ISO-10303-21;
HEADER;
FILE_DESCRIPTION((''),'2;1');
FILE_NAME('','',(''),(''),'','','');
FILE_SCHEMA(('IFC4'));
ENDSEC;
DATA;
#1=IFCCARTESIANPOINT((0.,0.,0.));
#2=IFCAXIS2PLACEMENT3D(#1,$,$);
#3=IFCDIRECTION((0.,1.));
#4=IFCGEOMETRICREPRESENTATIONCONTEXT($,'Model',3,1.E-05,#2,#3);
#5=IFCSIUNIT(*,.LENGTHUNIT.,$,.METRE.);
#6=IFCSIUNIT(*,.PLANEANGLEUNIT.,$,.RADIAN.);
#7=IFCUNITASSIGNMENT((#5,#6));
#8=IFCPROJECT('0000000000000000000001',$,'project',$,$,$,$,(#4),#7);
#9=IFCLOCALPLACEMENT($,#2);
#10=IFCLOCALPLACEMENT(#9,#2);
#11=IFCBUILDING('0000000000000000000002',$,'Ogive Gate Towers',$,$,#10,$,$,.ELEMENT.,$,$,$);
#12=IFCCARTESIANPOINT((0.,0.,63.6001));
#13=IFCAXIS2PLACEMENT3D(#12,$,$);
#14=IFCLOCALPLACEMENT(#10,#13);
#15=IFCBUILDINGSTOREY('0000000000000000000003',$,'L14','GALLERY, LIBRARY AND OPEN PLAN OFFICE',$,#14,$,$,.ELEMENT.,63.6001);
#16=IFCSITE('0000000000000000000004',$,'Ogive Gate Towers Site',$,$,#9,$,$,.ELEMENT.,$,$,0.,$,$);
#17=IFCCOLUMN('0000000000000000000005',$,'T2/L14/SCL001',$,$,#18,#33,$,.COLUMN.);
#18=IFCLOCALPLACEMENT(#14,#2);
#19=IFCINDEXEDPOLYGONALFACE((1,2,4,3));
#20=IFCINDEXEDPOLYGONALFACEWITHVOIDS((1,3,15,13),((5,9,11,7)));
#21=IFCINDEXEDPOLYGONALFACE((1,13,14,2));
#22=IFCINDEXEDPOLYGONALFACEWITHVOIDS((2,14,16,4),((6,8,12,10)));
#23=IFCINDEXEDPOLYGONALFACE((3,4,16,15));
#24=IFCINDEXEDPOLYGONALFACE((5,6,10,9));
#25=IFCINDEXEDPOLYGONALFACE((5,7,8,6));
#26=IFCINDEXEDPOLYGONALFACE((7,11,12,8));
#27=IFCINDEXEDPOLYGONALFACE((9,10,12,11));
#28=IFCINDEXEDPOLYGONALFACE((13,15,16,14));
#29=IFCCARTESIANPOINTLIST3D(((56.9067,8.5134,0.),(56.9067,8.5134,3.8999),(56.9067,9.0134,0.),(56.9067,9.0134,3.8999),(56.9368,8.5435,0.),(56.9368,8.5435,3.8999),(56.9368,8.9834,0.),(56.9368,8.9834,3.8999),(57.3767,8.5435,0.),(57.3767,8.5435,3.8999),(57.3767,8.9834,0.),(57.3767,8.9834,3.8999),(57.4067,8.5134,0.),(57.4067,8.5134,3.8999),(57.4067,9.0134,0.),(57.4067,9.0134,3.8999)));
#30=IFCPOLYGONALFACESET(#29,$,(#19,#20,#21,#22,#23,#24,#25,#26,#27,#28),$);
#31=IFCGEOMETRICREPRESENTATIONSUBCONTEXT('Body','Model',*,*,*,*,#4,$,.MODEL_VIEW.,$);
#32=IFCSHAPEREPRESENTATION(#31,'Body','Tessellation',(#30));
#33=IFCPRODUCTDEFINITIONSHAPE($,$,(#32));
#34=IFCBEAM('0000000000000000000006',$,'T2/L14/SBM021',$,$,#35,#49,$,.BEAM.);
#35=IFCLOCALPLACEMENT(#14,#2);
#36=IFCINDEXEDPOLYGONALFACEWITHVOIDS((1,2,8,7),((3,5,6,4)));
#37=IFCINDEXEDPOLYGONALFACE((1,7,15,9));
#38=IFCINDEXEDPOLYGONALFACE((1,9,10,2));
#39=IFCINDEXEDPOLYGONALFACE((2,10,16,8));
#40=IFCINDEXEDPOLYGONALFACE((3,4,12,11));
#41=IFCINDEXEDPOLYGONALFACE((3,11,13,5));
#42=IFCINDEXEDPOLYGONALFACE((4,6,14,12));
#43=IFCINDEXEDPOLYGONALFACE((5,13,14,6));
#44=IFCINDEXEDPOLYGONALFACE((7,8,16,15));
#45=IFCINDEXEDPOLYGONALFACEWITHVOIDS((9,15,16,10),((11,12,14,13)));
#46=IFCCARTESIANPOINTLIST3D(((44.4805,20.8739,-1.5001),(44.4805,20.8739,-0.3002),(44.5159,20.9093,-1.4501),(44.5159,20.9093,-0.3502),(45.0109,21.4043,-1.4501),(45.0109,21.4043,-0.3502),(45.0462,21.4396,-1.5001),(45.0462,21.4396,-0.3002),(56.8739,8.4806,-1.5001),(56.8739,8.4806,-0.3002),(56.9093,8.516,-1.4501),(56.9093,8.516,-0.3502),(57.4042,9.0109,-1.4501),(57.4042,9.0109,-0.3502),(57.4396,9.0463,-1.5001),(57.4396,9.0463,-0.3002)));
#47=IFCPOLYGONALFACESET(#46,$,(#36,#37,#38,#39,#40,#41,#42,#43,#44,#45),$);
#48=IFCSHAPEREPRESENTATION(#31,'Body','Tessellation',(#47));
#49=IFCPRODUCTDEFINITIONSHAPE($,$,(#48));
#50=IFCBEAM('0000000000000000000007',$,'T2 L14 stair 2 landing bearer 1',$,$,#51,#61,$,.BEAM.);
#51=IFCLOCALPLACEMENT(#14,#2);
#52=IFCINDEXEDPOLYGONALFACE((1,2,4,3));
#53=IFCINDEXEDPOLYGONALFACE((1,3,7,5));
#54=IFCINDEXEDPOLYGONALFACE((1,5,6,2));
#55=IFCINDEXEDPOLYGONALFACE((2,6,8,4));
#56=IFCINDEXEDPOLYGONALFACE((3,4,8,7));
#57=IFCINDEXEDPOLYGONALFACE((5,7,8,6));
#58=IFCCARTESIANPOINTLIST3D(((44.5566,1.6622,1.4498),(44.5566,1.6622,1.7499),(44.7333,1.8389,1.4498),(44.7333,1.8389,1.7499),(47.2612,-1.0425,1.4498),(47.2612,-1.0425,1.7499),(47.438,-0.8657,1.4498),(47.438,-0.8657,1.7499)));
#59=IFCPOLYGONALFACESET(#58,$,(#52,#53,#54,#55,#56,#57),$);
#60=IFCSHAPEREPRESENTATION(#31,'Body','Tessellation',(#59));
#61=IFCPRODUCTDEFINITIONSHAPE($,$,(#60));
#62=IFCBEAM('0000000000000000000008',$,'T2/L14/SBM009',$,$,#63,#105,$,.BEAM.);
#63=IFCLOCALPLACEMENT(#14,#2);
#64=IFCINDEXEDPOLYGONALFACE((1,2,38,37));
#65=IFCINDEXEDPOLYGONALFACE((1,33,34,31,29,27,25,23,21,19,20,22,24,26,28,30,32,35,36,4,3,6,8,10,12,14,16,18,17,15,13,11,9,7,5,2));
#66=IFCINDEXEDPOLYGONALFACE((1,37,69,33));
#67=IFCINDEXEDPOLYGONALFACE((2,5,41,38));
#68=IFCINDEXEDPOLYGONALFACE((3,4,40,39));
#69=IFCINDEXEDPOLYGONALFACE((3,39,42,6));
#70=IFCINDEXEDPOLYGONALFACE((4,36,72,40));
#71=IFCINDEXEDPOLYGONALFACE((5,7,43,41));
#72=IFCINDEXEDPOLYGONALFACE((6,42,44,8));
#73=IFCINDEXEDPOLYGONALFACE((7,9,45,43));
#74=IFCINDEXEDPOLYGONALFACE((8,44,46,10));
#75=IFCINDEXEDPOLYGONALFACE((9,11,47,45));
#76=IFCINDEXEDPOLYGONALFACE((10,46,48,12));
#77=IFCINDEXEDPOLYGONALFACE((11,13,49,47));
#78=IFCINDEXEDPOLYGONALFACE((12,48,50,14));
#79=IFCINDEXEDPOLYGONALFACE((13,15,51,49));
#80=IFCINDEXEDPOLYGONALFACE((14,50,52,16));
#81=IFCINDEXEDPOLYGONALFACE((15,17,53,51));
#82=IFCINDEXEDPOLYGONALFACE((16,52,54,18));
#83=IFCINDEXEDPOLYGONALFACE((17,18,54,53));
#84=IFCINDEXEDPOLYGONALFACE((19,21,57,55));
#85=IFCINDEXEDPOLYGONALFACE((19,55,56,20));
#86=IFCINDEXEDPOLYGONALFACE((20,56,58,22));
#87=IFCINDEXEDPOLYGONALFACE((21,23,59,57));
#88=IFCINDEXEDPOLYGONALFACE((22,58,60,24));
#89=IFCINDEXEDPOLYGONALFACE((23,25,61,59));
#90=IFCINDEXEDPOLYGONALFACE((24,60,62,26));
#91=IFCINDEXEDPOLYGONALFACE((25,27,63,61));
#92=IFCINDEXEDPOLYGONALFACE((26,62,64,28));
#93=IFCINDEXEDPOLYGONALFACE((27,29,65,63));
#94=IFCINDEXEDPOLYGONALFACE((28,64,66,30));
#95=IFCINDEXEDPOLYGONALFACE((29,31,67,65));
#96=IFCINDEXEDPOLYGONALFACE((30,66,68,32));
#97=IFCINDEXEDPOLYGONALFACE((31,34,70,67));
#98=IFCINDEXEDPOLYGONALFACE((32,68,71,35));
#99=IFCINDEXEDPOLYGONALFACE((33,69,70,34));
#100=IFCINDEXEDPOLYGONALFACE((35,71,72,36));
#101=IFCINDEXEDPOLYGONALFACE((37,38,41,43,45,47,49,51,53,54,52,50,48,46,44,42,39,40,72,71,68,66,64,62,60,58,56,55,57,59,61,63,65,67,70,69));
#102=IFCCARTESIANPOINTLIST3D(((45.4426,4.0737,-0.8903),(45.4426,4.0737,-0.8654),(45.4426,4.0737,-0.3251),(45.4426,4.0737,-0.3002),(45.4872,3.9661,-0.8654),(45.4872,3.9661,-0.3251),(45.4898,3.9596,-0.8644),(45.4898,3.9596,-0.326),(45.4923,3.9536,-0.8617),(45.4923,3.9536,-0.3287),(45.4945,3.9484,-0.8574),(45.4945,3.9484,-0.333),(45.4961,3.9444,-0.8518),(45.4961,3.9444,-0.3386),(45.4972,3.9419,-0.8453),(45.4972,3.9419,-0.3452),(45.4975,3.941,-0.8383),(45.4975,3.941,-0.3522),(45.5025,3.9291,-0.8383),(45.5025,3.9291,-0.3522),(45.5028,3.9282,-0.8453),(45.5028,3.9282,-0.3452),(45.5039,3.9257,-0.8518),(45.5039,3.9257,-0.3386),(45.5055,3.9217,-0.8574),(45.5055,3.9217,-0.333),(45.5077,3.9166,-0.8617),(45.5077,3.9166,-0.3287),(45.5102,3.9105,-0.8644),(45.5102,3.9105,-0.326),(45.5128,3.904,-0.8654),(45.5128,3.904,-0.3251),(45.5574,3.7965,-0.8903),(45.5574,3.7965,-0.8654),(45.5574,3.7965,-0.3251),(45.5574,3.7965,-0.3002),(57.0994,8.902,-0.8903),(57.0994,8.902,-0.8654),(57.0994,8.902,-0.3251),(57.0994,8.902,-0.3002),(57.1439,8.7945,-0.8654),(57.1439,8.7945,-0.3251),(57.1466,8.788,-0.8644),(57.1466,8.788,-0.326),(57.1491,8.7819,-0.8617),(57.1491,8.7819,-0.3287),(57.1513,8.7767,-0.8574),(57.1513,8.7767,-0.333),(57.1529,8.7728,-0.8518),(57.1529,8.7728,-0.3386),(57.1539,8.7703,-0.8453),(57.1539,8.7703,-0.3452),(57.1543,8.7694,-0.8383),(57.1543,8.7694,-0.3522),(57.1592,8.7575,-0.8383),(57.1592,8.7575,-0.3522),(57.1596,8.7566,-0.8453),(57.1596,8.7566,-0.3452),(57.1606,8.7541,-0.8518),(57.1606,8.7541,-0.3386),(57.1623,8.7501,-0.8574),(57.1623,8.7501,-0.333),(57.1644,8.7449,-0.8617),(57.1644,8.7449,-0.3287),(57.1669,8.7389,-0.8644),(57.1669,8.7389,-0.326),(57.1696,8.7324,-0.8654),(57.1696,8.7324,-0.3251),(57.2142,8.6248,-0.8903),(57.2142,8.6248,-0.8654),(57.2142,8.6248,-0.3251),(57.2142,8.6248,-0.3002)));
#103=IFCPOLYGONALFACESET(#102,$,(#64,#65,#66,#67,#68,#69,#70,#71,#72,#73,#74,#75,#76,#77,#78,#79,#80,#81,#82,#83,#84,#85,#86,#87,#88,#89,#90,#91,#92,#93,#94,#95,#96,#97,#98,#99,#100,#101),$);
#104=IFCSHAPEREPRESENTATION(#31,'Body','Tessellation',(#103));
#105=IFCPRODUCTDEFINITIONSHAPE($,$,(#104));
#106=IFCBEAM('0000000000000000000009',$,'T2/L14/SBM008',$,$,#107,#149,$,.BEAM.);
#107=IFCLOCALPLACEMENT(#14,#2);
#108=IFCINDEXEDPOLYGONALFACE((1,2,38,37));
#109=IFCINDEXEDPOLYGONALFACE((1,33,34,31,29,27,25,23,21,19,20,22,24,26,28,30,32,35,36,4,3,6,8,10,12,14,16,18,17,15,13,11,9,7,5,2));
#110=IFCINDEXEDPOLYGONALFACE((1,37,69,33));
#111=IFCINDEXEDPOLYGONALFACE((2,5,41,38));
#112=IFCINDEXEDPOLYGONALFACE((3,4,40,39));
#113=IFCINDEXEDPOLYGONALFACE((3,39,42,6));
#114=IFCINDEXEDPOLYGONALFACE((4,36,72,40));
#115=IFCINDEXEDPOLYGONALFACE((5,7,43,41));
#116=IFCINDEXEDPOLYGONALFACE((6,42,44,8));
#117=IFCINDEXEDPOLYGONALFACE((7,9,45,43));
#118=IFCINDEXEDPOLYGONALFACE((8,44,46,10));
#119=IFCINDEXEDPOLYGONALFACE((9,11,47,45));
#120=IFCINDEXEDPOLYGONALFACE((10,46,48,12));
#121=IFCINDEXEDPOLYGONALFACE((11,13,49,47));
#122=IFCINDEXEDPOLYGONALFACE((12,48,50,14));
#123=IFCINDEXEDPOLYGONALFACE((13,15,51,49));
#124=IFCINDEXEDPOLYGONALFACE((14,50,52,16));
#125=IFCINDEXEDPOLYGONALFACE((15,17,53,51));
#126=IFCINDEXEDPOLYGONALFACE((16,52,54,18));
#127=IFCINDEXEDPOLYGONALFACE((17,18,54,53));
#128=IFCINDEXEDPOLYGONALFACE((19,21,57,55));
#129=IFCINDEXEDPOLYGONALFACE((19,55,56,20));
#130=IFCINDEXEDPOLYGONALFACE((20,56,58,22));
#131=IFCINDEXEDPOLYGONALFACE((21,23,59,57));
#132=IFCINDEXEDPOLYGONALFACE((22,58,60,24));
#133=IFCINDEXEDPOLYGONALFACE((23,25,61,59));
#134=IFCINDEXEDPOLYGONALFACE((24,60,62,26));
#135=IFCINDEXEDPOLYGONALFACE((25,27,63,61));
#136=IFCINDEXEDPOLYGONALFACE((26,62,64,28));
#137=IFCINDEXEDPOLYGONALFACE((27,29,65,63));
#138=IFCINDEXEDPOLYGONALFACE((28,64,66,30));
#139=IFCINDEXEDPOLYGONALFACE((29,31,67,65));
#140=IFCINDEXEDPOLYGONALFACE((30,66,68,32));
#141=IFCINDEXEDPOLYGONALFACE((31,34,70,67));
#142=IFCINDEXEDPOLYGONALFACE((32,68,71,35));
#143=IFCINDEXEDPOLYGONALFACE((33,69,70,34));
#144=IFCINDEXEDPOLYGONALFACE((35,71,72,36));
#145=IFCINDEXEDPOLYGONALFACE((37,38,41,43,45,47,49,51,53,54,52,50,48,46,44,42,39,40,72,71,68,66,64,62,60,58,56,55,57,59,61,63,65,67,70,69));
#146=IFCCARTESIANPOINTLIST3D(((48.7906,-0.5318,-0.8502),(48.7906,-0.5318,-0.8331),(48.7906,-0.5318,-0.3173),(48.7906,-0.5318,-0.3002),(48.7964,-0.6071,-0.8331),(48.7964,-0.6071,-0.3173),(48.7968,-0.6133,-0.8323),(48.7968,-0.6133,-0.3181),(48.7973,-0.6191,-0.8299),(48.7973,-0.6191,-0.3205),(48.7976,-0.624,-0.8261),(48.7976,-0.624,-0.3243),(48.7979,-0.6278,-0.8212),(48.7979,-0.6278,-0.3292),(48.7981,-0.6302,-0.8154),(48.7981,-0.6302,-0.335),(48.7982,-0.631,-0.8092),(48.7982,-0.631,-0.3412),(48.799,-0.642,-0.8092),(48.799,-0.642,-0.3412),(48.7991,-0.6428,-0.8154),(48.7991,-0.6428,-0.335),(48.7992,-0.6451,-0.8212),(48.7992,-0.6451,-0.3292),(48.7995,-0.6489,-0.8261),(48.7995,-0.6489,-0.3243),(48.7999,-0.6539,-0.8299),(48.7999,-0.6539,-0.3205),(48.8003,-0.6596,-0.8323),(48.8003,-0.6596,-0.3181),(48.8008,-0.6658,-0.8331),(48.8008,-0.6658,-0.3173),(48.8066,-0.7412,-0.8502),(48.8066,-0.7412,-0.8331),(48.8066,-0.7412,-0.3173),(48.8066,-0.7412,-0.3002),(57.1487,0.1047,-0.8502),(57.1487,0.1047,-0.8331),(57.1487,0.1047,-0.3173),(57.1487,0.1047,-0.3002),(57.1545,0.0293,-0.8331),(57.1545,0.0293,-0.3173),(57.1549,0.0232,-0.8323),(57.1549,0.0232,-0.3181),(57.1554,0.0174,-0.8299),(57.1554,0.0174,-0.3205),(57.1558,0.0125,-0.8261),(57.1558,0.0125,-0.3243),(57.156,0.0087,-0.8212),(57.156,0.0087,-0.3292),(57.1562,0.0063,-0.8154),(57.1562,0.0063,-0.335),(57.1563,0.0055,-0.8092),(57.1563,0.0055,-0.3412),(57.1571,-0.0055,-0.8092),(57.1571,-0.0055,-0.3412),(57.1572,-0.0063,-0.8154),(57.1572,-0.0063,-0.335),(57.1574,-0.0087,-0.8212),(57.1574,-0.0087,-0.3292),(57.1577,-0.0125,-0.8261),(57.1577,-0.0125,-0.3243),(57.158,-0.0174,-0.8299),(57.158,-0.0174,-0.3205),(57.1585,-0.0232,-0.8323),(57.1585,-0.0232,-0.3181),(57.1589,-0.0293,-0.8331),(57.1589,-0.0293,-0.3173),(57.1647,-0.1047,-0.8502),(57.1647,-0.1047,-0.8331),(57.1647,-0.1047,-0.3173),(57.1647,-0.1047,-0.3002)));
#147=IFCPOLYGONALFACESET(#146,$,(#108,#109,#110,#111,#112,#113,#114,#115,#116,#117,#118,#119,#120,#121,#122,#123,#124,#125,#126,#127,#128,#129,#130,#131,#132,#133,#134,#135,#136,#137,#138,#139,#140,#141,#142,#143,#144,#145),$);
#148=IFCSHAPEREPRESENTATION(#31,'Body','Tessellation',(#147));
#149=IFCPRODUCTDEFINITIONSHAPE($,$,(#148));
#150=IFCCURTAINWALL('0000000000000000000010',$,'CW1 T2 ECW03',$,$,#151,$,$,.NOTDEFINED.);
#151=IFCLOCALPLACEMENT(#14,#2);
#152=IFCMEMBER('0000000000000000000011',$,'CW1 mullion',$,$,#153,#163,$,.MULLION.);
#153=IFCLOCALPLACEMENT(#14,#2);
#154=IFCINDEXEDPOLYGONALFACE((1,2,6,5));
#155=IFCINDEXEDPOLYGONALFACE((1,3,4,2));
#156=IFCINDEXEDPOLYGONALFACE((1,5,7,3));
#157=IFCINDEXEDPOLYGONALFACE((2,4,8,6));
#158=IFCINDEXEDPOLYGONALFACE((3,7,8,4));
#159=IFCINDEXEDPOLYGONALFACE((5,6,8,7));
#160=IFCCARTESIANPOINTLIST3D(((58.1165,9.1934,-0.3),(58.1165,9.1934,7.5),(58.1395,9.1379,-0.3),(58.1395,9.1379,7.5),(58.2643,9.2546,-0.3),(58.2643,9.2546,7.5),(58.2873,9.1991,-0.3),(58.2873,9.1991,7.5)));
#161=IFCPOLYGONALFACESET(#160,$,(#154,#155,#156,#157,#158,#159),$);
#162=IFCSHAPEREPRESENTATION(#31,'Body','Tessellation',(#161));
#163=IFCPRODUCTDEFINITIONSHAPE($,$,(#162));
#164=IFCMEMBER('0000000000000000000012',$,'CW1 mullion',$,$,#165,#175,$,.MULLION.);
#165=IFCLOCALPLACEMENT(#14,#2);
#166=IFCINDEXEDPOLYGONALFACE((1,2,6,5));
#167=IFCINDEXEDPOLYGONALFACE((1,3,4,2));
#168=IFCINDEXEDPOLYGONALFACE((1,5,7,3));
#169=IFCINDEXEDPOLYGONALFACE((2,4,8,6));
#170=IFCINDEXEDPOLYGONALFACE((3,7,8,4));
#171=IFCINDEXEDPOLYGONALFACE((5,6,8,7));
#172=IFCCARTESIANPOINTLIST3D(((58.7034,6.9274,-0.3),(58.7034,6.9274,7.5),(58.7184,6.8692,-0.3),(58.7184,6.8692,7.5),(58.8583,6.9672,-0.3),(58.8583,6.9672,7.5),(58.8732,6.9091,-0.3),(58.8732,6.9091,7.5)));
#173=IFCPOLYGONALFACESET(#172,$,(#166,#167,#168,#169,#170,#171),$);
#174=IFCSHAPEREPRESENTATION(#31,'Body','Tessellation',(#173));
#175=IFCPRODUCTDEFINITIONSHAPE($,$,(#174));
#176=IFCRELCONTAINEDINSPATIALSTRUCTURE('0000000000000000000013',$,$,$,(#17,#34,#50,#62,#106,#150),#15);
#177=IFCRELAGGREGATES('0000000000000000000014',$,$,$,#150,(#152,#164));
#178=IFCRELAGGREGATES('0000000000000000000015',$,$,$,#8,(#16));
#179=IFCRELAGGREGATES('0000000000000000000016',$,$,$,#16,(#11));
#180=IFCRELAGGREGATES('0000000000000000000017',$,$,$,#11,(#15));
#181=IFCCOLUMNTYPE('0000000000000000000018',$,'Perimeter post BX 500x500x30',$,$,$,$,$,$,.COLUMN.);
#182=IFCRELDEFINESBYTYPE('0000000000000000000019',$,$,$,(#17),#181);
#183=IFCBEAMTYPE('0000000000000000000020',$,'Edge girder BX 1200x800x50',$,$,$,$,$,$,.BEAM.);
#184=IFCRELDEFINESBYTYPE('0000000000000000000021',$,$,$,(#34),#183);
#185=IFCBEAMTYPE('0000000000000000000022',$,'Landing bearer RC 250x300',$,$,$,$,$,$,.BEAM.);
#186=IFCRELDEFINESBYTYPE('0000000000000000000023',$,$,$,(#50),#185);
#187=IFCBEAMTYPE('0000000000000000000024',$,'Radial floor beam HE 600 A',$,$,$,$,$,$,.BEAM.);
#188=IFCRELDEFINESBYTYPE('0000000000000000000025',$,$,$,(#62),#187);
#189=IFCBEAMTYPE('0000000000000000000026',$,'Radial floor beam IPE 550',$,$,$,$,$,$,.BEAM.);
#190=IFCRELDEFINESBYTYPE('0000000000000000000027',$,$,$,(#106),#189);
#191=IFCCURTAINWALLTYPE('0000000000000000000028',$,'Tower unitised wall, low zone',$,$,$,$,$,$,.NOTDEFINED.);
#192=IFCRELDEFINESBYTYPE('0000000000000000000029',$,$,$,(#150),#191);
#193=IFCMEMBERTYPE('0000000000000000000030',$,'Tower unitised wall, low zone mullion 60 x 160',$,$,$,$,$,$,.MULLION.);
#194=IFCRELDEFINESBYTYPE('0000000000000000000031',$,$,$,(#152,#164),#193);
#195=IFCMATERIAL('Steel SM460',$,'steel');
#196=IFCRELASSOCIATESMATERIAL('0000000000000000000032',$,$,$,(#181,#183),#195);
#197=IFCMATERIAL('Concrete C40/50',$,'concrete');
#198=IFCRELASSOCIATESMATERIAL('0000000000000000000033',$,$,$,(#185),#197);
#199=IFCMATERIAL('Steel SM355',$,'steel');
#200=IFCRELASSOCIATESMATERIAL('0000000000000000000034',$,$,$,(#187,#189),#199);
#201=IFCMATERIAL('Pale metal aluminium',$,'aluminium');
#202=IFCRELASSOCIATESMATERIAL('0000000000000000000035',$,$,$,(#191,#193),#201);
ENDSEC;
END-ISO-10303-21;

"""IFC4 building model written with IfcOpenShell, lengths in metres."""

from ifc_helpers import new_model, si_unit, direction, frame, origin, origin_2d, place, context, subcontext, project, spatial, rectangle, hollow_rectangle, i_section, extrude, material, material_profile, profile_set, type_object, element, aggregate, save


model = new_model("IFC4")

# Units and contexts
model_context = context("Model", 3, precision=1e-05, world=origin(), true_north=direction((0.0, 1.0)))
body_context = subcontext(model_context, "Body", "Model", "MODEL_VIEW")
ifc_project = project(units=[si_unit("LENGTHUNIT", "METRE"), si_unit("PLANEANGLEUNIT", "RADIAN")], contexts=[model_context])

# Site, building, storey
site_placement = place(None, origin())
site = spatial("IfcSite", under=ifc_project, at=site_placement, Name="Ogive Gate Towers Site", CompositionType="ELEMENT", RefElevation=0.0)
building_placement = place(site_placement, origin())
building = spatial("IfcBuilding", under=site, at=building_placement, Name="Ogive Gate Towers", CompositionType="ELEMENT")
storey_placement = place(building_placement, frame((0.0, 0.0, 63.6001)))
storey = spatial("IfcBuildingStorey", under=building, at=storey_placement, Name="L14", Description="GALLERY, LIBRARY AND OPEN PLAN OFFICE", CompositionType="ELEMENT", Elevation=63.6001)

# Column
ifc_material_1 = material(Name="Steel SM460", Category="steel")
ifc_material_profile_1 = material_profile(ifc_material_1, hollow_rectangle(XDim=0.5, YDim=0.5, WallThickness=0.03, at=origin_2d()), Name="BX 500x500x30")
ifc_profile_set_1 = profile_set([ifc_material_profile_1], Name="Steel SM460")
column_type = type_object("IfcColumnType", Name="Perimeter post BX 500x500x30", PredefinedType="COLUMN", material=ifc_profile_set_1)
column_placement = place(storey_placement, frame((57.1567, 8.7634, 0.0), z_axis=(0.0, 0.0, 1.0), x_axis=(1.0, 0.0, 0.0)))
element("IfcColumn", 1, at=column_placement, inside=storey, type_object=column_type, Name="T2/L14/SCL001", PredefinedType="COLUMN", context=body_context, shape_type="SweptSolid", body=[
    extrude(hollow_rectangle(XDim=0.5, YDim=0.5, WallThickness=0.03, at=origin_2d()), origin(), (0.0, 0.0, 1.0), 3.8999),
])

# Beams
ifc_material_profile_2 = material_profile(ifc_material_1, hollow_rectangle(XDim=0.8, YDim=1.2, WallThickness=0.05, at=origin_2d()), Name="BX 1200x800x50")
ifc_profile_set_2 = profile_set([ifc_material_profile_2], Name="Steel SM460")
beam_type_1 = type_object("IfcBeamType", Name="Edge girder BX 1200x800x50", PredefinedType="BEAM", material=ifc_profile_set_2)
beam_1_placement = place(storey_placement, frame((57.1567, 8.7634, -0.9001), z_axis=(-0.707107, 0.707107, 0.0), x_axis=(-0.707107, -0.707107, 0.0)))
element("IfcBeam", 2, at=beam_1_placement, inside=storey, type_object=beam_type_1, Name="T2/L14/SBM021", PredefinedType="BEAM", context=body_context, shape_type="SweptSolid", body=[
    extrude(hollow_rectangle(XDim=0.8, YDim=1.2, WallThickness=0.05, at=origin_2d()), origin(), (0.0, 0.0, 1.0), 17.5269),
])
ifc_material_2 = material(Name="Concrete C40/50", Category="concrete")
ifc_material_profile_3 = material_profile(ifc_material_2, rectangle(XDim=0.25, YDim=0.3, at=origin_2d()), Name="RC 250x300")
ifc_profile_set_3 = profile_set([ifc_material_profile_3], Name="Concrete C40/50")
beam_type_2 = type_object("IfcBeamType", Name="Landing bearer RC 250x300", PredefinedType="BEAM", material=ifc_profile_set_3)
beam_2_placement = place(storey_placement, frame((47.3496, -0.9541, 1.5999), z_axis=(-0.707107, 0.707107, 0.0), x_axis=(-0.707107, -0.707107, 0.0)))
element("IfcBeam", 3, at=beam_2_placement, inside=storey, type_object=beam_type_2, Name="T2 L14 stair 2 landing bearer 1", PredefinedType="BEAM", context=body_context, shape_type="SweptSolid", body=[
    extrude(rectangle(XDim=0.25, YDim=0.3, at=origin_2d()), origin(), (0.0, 0.0, 1.0), 3.825),
])
ifc_material_3 = material(Name="Steel SM355", Category="steel")
ifc_material_profile_4 = material_profile(ifc_material_3, i_section(OverallWidth=0.3, OverallDepth=0.5901, WebThickness=0.0129, FlangeThickness=0.0249, FilletRadius=0.0271, at=origin_2d()), Name="HE 600 A")
ifc_profile_set_4 = profile_set([ifc_material_profile_4], Name="Steel SM355")
beam_type_3 = type_object("IfcBeamType", Name="Radial floor beam HE 600 A", PredefinedType="BEAM", material=ifc_profile_set_4)
beam_3_placement = place(storey_placement, frame((45.5, 3.9351, -0.5952), z_axis=(0.92388, 0.382683, 0.0), x_axis=(-0.382683, 0.92388, 0.0)))
element("IfcBeam", 4, at=beam_3_placement, inside=storey, type_object=beam_type_3, Name="T2/L14/SBM009", PredefinedType="BEAM", context=body_context, shape_type="SweptSolid", body=[
    extrude(i_section(OverallWidth=0.3, OverallDepth=0.5901, WebThickness=0.0129, FlangeThickness=0.0249, FilletRadius=0.0271, at=origin_2d()), origin(), (0.0, 0.0, 1.0), 12.6172),
])
ifc_material_profile_5 = material_profile(ifc_material_3, i_section(OverallWidth=0.21, OverallDepth=0.55, WebThickness=0.011, FlangeThickness=0.0171, FilletRadius=0.0239, at=origin_2d()), Name="IPE 550")
ifc_profile_set_5 = profile_set([ifc_material_profile_5], Name="Steel SM355")
beam_type_4 = type_object("IfcBeamType", Name="Radial floor beam IPE 550", PredefinedType="BEAM", material=ifc_profile_set_5)
beam_4_placement = place(storey_placement, frame((48.7986, -0.6365, -0.5752), z_axis=(0.997113, 0.07593, 0.0), x_axis=(-0.07593, 0.997113, 0.0)))
element("IfcBeam", 5, at=beam_4_placement, inside=storey, type_object=beam_type_4, Name="T2/L14/SBM008", PredefinedType="BEAM", context=body_context, shape_type="SweptSolid", body=[
    extrude(i_section(OverallWidth=0.21, OverallDepth=0.55, WebThickness=0.011, FlangeThickness=0.0171, FilletRadius=0.0239, at=origin_2d()), origin(), (0.0, 0.0, 1.0), 8.3823),
])

# Curtain wall, members
ifc_material_4 = material(Name="Pale metal aluminium", Category="aluminium")
curtain_wall_type = type_object("IfcCurtainWallType", Name="Tower unitised wall, low zone", PredefinedType="NOTDEFINED", material=ifc_material_4)
curtain_wall_placement = place(storey_placement, origin())
curtain_wall = element("IfcCurtainWall", 6, at=curtain_wall_placement, inside=storey, type_object=curtain_wall_type, Name="CW1 T2 ECW03", PredefinedType="NOTDEFINED")
ifc_material_profile_6 = material_profile(ifc_material_4, rectangle(XDim=0.1599, YDim=0.0601, at=origin_2d()), Name="60 x 160 aluminium box")
ifc_profile_set_6 = profile_set([ifc_material_profile_6], Name="Pale metal aluminium")
member_type_1 = type_object("IfcMemberType", Name="Tower unitised wall, low zone mullion 60 x 160", PredefinedType="MULLION", material=ifc_profile_set_6)
member_1_placement = place(storey_placement, frame((58.2019, 9.1963, -0.3), z_axis=(0.0, 0.0, 1.0), x_axis=(-0.92388, -0.382683, 0.0)))
member_1 = element("IfcMember", 7, at=member_1_placement, type_object=member_type_1, Name="CW1 mullion", PredefinedType="MULLION", context=body_context, shape_type="SweptSolid", body=[
    extrude(rectangle(XDim=0.1599, YDim=0.0601, at=origin_2d()), origin(), (0.0, 0.0, 1.0), 7.8),
])
member_2_placement = place(storey_placement, frame((58.7883, 6.9182, -0.3), z_axis=(0.0, 0.0, 1.0), x_axis=(-0.96844, -0.249248, 0.0)))
member_2 = element("IfcMember", 8, at=member_2_placement, type_object=member_type_1, Name="CW1 mullion", PredefinedType="MULLION", context=body_context, shape_type="SweptSolid", body=[
    extrude(rectangle(XDim=0.1599, YDim=0.0601, at=origin_2d()), origin(), (0.0, 0.0, 1.0), 7.8),
])
aggregate(curtain_wall, [member_1, member_2])

save(model, "model.ifc")
